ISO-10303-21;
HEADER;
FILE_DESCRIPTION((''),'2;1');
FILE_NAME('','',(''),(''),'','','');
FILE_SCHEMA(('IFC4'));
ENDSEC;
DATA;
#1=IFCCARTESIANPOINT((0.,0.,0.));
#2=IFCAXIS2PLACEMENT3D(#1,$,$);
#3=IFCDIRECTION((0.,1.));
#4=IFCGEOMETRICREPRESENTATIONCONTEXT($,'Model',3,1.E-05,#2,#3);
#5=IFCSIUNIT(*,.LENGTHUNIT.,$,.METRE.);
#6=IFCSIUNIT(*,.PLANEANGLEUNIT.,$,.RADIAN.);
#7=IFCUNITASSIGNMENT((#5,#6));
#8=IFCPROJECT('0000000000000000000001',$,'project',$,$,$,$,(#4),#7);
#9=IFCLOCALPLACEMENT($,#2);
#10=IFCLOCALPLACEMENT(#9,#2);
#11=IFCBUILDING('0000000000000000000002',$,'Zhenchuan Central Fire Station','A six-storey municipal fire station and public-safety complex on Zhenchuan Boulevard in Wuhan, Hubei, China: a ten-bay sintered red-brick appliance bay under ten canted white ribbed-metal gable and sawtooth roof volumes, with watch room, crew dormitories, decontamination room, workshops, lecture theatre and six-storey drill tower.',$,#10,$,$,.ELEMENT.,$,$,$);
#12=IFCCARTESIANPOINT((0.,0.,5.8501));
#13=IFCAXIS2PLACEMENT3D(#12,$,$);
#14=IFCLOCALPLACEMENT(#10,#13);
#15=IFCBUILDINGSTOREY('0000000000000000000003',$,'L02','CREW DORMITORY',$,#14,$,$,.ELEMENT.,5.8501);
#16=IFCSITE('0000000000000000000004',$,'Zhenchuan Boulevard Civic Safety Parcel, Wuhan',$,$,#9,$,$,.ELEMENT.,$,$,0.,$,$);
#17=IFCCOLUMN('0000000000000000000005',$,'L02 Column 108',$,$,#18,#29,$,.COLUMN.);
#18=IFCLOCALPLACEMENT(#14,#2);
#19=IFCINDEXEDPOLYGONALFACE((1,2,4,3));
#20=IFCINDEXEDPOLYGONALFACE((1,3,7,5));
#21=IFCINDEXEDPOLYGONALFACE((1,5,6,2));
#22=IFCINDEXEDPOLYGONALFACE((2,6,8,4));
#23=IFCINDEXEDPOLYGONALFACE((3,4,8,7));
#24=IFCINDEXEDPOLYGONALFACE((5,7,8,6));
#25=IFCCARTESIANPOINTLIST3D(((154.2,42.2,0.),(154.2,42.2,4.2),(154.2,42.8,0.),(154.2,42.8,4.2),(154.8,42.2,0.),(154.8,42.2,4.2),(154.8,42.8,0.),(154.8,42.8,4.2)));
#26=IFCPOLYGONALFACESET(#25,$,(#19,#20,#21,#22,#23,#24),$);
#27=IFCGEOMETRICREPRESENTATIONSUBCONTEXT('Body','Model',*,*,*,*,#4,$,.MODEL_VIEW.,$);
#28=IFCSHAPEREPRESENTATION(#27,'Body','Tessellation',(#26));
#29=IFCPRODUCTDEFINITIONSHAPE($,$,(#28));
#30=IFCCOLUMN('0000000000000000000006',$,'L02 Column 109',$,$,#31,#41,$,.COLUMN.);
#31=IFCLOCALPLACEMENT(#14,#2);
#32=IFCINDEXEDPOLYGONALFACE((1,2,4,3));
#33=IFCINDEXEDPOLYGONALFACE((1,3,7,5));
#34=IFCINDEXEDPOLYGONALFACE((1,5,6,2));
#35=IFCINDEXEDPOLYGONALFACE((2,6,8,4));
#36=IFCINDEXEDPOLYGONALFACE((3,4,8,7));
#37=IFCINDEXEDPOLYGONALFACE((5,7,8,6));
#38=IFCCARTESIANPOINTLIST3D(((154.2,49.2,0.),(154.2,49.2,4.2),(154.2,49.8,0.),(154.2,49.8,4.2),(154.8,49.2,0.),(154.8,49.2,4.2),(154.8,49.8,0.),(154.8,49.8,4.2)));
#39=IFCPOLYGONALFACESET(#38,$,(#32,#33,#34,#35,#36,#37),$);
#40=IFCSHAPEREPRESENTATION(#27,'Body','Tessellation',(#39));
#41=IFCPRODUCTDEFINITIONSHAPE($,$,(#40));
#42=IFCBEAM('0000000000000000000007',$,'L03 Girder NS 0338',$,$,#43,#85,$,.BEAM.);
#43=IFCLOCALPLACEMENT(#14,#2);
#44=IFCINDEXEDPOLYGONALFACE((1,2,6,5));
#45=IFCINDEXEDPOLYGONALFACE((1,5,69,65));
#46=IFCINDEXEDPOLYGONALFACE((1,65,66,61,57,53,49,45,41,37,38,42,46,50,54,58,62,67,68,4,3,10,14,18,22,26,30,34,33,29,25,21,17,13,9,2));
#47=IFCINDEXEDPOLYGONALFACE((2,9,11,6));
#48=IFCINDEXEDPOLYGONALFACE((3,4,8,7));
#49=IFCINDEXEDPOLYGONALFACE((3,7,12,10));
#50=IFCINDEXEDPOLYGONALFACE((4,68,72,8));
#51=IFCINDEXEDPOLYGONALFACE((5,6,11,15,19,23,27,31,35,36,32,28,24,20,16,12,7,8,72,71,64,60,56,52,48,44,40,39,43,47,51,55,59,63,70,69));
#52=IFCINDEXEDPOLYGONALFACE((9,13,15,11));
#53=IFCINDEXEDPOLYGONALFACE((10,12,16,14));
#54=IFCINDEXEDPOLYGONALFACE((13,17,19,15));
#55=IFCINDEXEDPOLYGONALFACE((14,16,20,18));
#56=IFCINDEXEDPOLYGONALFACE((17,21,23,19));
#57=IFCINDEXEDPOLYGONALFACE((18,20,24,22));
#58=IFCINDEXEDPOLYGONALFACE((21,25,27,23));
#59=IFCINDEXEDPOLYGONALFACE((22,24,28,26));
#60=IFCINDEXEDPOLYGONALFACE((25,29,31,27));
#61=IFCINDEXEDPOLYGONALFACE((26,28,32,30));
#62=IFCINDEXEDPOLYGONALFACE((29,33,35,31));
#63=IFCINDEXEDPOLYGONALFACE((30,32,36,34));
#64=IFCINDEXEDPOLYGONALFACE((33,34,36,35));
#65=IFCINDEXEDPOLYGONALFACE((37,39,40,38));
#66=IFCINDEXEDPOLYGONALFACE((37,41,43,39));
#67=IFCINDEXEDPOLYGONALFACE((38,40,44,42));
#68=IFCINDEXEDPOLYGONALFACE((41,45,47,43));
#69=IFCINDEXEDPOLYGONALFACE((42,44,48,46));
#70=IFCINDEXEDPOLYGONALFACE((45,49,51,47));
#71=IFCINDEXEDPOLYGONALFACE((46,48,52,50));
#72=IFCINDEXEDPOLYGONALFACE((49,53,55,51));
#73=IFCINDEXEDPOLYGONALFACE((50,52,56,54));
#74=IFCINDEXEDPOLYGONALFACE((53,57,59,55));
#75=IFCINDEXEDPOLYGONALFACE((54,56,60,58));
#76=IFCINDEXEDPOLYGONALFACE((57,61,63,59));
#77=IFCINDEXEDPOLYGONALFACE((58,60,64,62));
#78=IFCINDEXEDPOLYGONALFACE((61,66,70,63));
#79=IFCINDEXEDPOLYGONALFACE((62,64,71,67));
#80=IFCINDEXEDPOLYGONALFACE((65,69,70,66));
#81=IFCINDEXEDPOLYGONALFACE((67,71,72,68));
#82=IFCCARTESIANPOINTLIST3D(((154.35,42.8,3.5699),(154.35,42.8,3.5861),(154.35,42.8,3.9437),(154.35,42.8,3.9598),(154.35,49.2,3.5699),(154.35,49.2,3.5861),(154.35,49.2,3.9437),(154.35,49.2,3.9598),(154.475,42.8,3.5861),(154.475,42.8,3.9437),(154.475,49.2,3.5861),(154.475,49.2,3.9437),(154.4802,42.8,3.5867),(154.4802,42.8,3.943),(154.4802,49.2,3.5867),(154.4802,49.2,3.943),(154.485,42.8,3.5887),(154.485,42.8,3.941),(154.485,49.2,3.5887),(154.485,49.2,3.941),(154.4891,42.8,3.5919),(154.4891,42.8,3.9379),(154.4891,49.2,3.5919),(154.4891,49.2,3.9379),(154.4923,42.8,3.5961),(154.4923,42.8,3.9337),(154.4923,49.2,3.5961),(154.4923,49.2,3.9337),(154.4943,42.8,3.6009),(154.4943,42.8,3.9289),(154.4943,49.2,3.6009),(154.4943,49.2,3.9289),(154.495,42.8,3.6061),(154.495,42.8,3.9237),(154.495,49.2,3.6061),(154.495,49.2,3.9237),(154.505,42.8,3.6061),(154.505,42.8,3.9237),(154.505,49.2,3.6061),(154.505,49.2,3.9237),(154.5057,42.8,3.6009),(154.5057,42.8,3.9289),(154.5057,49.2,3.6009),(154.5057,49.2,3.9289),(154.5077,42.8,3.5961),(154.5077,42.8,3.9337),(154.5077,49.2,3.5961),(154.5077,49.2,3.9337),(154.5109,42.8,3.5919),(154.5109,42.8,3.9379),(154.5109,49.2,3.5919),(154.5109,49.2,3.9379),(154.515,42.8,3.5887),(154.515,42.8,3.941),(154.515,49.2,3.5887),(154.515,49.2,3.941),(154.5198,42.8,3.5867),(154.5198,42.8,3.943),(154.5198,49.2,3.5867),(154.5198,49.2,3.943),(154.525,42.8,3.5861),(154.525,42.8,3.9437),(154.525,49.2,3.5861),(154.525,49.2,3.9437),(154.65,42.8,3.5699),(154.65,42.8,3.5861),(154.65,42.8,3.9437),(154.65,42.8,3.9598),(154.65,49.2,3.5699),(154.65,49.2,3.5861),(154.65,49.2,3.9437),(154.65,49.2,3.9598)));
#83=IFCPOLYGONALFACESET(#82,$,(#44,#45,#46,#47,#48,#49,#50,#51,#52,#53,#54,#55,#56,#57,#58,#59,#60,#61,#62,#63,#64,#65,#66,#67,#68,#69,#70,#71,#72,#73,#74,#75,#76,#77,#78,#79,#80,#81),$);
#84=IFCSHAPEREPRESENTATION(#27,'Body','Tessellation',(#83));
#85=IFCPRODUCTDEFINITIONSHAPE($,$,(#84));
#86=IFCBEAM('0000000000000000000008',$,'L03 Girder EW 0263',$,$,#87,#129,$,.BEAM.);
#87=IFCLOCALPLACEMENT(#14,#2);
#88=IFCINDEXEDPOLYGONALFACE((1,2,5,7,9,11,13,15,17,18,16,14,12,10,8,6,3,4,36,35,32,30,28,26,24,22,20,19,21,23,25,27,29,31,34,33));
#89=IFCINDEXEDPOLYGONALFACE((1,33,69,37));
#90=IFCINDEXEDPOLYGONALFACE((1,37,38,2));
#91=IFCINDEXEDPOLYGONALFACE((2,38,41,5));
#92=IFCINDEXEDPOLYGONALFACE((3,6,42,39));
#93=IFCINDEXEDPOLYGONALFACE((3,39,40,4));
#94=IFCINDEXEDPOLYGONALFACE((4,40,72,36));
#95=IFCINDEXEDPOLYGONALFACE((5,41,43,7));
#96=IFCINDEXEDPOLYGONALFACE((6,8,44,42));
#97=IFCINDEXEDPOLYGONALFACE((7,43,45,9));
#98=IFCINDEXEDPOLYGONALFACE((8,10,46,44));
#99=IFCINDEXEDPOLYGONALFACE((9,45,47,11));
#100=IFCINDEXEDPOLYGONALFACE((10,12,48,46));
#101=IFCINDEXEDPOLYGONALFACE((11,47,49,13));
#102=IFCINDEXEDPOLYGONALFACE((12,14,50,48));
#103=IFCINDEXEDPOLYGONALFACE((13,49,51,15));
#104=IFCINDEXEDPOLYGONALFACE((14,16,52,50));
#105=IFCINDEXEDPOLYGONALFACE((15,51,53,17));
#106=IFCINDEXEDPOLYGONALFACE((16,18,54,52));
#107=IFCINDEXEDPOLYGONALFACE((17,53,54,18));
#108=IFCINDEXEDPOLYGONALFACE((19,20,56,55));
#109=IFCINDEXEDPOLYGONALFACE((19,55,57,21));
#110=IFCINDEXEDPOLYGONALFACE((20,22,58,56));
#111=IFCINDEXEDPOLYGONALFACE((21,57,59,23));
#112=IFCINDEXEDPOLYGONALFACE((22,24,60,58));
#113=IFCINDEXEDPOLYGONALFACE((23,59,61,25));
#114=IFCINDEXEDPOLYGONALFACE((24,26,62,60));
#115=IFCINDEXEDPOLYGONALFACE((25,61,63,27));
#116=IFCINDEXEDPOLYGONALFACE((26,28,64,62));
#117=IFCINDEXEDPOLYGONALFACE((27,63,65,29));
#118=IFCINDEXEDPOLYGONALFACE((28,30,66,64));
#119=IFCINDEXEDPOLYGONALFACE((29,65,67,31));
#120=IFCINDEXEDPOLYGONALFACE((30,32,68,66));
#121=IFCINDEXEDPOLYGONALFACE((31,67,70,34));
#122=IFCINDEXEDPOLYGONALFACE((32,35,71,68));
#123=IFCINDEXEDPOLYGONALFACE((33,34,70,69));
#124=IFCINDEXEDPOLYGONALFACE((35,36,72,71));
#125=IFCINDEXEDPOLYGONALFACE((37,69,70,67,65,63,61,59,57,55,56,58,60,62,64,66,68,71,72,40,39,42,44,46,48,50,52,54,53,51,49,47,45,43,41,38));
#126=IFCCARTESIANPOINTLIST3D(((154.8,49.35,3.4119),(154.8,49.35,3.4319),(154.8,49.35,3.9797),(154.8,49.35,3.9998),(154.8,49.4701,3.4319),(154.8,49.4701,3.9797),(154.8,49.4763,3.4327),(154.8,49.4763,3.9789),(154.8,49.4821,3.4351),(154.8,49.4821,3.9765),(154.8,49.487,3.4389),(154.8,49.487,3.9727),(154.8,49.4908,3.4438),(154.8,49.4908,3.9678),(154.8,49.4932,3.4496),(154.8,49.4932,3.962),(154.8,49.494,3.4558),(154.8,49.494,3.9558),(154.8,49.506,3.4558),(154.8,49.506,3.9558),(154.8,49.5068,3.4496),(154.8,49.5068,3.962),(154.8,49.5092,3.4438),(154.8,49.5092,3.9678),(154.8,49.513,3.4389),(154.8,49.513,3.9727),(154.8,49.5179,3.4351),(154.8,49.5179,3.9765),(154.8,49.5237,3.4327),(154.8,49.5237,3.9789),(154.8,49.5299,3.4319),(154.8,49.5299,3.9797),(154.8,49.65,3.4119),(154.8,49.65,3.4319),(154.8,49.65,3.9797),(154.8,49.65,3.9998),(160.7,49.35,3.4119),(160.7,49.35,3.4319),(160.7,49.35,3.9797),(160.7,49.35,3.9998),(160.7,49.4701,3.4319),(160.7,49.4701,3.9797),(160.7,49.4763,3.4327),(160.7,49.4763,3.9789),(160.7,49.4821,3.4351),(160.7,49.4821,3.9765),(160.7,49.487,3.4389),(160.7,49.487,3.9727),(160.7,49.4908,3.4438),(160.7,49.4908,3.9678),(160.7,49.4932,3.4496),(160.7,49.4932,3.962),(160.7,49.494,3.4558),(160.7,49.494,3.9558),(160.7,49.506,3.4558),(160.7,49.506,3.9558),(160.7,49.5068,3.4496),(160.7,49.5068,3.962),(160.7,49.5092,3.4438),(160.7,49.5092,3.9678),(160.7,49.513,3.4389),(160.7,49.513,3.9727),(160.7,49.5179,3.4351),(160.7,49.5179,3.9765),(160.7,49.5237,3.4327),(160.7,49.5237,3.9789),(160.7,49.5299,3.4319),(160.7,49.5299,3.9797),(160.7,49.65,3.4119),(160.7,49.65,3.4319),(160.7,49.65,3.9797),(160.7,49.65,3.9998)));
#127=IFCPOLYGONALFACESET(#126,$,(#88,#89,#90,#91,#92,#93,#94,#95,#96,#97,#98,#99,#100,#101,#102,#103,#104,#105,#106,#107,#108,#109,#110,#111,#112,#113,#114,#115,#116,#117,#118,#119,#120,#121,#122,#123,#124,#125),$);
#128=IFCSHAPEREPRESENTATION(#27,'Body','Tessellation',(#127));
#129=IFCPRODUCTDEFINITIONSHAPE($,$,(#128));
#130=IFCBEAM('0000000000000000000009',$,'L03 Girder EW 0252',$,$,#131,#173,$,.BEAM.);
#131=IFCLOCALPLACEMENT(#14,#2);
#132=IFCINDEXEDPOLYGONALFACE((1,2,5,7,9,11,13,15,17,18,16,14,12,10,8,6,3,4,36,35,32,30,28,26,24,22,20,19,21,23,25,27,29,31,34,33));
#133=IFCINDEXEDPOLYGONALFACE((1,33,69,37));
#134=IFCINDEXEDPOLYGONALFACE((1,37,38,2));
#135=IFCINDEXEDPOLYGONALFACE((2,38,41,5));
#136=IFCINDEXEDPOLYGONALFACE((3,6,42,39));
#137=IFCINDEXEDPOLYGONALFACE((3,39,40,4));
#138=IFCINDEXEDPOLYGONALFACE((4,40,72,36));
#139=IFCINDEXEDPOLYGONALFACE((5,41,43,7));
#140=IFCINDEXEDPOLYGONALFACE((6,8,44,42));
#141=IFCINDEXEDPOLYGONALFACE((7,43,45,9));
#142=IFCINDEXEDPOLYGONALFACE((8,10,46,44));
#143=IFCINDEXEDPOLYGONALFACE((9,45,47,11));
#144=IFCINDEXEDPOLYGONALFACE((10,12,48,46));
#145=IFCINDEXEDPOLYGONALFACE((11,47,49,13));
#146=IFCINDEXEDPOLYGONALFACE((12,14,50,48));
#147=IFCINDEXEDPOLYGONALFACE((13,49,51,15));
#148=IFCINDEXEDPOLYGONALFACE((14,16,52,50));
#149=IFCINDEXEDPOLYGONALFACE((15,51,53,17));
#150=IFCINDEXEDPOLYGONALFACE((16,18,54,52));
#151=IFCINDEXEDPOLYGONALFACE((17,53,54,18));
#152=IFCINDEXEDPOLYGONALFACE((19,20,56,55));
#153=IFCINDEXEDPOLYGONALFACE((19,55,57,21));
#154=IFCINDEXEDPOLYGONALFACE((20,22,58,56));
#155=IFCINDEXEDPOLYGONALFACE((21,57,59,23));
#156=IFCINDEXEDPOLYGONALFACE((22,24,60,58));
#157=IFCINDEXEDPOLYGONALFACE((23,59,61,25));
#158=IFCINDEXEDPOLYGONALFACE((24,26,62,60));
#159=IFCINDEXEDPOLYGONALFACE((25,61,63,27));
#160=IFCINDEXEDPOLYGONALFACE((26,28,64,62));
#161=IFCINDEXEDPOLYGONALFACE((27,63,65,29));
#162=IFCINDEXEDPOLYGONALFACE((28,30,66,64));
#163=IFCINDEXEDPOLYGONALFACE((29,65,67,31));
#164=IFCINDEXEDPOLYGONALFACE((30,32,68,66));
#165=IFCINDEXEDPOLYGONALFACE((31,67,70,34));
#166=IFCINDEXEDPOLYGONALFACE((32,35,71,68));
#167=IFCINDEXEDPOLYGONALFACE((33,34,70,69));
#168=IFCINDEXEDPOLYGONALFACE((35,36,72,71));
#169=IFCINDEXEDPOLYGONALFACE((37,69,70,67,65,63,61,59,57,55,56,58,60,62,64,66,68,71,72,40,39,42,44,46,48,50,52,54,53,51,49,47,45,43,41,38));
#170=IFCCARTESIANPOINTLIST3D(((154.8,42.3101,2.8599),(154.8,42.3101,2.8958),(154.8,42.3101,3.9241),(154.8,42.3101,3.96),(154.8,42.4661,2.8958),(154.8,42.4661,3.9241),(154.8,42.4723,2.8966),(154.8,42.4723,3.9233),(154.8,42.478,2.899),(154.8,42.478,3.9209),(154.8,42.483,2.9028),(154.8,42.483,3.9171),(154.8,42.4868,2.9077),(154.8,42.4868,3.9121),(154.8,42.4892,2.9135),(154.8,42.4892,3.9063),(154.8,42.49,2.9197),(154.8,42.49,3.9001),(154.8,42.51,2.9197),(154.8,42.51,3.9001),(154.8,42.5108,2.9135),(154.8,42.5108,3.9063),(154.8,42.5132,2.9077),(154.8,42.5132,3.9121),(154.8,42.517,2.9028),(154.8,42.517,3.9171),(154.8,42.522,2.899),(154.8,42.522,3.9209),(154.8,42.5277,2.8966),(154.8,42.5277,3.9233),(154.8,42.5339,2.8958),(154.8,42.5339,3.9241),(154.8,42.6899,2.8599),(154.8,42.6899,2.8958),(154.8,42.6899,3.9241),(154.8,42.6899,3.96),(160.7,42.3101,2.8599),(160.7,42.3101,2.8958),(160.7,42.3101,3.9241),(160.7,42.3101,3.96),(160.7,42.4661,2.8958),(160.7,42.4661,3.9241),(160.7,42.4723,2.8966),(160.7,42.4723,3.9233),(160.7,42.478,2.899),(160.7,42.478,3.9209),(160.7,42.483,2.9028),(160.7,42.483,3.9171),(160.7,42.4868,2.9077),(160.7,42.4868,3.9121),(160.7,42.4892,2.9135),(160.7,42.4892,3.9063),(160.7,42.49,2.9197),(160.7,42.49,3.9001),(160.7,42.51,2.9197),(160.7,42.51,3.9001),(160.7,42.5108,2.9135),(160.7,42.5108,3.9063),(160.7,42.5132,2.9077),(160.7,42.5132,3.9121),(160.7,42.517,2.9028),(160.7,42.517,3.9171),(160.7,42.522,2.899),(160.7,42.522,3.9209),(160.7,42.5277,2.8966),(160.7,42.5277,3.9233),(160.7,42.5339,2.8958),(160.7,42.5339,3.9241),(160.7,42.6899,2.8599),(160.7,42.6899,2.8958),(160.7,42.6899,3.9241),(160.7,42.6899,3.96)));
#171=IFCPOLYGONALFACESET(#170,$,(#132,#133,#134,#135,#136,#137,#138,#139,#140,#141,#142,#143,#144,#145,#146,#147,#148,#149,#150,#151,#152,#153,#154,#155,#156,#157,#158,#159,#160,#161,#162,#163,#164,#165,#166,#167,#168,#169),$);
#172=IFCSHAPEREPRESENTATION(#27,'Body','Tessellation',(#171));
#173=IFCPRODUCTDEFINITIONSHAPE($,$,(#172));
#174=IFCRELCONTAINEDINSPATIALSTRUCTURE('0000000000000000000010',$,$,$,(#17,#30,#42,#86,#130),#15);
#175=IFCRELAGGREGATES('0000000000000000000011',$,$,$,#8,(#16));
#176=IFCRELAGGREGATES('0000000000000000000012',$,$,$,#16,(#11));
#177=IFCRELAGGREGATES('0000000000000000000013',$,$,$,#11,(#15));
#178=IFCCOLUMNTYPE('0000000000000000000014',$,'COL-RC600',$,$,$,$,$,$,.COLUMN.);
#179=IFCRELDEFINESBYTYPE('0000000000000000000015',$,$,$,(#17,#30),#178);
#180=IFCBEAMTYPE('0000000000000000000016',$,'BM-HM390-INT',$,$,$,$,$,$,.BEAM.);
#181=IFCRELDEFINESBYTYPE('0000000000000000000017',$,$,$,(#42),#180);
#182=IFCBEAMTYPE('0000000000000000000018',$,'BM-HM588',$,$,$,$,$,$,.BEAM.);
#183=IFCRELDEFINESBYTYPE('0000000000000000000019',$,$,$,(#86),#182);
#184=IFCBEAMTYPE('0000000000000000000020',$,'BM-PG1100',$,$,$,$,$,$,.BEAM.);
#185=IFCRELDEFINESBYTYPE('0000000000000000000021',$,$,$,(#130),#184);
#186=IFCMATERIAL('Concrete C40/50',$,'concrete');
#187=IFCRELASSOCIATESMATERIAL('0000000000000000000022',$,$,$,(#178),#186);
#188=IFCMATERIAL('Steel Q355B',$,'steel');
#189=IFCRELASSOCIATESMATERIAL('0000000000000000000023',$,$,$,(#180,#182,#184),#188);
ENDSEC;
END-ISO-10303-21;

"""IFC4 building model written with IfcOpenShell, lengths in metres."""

from ifc_helpers import new_model, si_unit, direction, frame, origin, origin_2d, place, context, subcontext, project, spatial, rectangle, i_section, extrude, material, material_profile, profile_set, type_object, element, save


model = new_model("IFC4")

# Units and contexts
model_context = context("Model", 3, precision=1e-05, world=origin(), true_north=direction((0.0, 1.0)))
body_context = subcontext(model_context, "Body", "Model", "MODEL_VIEW")
ifc_project = project(units=[si_unit("LENGTHUNIT", "METRE"), si_unit("PLANEANGLEUNIT", "RADIAN")], contexts=[model_context])

# Site, building, storey
site_placement = place(None, origin())
site = spatial("IfcSite", under=ifc_project, at=site_placement, Name="Zhenchuan Boulevard Civic Safety Parcel, Wuhan", CompositionType="ELEMENT", RefElevation=0.0)
building_placement = place(site_placement, origin())
building = spatial("IfcBuilding", under=site, at=building_placement, Name="Zhenchuan Central Fire Station", Description="A six-storey municipal fire station and public-safety complex on Zhenchuan Boulevard in Wuhan, Hubei, China: a ten-bay sintered red-brick appliance bay under ten canted white ribbed-metal gable and sawtooth roof volumes, with watch room, crew dormitories, decontamination room, workshops, lecture theatre and six-storey drill tower.", CompositionType="ELEMENT")
storey_placement = place(building_placement, frame((0.0, 0.0, 5.8501)))
storey = spatial("IfcBuildingStorey", under=building, at=storey_placement, Name="L02", Description="CREW DORMITORY", CompositionType="ELEMENT", Elevation=5.8501)

# Columns
ifc_material_1 = material(Name="Concrete C40/50", Category="concrete")
ifc_material_profile_1 = material_profile(ifc_material_1, rectangle(XDim=0.6001, YDim=0.6001, at=origin_2d()), Name="RC 600x600")
ifc_profile_set_1 = profile_set([ifc_material_profile_1], Name="Concrete C40/50")
column_type = type_object("IfcColumnType", Name="COL-RC600", PredefinedType="COLUMN", material=ifc_profile_set_1)
for number, where, z_axis, x_axis, name in (
    (1, (154.5, 42.5, 0.0), (0.0, 0.0, 1.0), (1.0, 0.0, 0.0), "L02 Column 108"),
    (2, (154.5, 49.5, 0.0), (0.0, 0.0, 1.0), (1.0, 0.0, 0.0), "L02 Column 109"),
):
    element("IfcColumn", number, at=place(storey_placement, frame(where, z_axis=z_axis, x_axis=x_axis)), inside=storey, type_object=column_type, Name=name, PredefinedType="COLUMN", context=body_context, shape_type="SweptSolid", body=[
        extrude(rectangle(XDim=0.6001, YDim=0.6001, at=origin_2d()), origin(), (0.0, 0.0, 1.0), 4.2),
    ])

# Beams
ifc_material_2 = material(Name="Steel Q355B", Category="steel")
ifc_material_profile_2 = material_profile(ifc_material_2, i_section(OverallWidth=0.3, OverallDepth=0.3899, WebThickness=0.01, FlangeThickness=0.0161, FilletRadius=0.02, at=origin_2d()), Name="HM 390x300")
ifc_profile_set_2 = profile_set([ifc_material_profile_2], Name="Steel Q355B")
beam_type_1 = type_object("IfcBeamType", Name="BM-HM390-INT", PredefinedType="BEAM", material=ifc_profile_set_2)
beam_1_placement = place(storey_placement, frame((154.5, 42.8, 3.7649), z_axis=(0.0, 1.0, 0.0), x_axis=(-1.0, 0.0, 0.0)))
element("IfcBeam", 3, at=beam_1_placement, inside=storey, type_object=beam_type_1, Name="L03 Girder NS 0338", PredefinedType="BEAM", context=body_context, shape_type="SweptSolid", body=[
    extrude(i_section(OverallWidth=0.3, OverallDepth=0.3899, WebThickness=0.01, FlangeThickness=0.0161, FilletRadius=0.02, at=origin_2d()), origin(), (0.0, 0.0, 1.0), 6.3999),
])
ifc_material_profile_3 = material_profile(ifc_material_2, i_section(OverallWidth=0.3, OverallDepth=0.5879, WebThickness=0.012, FlangeThickness=0.02, FilletRadius=0.0239, at=origin_2d()), Name="HM 588x300")
ifc_profile_set_3 = profile_set([ifc_material_profile_3], Name="Steel Q355B")
beam_type_2 = type_object("IfcBeamType", Name="BM-HM588", PredefinedType="BEAM", material=ifc_profile_set_3)
beam_2_placement = place(storey_placement, frame((154.8, 49.5, 3.7058), z_axis=(1.0, 0.0, 0.0), x_axis=(0.0, 1.0, 0.0)))
element("IfcBeam", 4, at=beam_2_placement, inside=storey, type_object=beam_type_2, Name="L03 Girder EW 0263", PredefinedType="BEAM", context=body_context, shape_type="SweptSolid", body=[
    extrude(i_section(OverallWidth=0.3, OverallDepth=0.5879, WebThickness=0.012, FlangeThickness=0.02, FilletRadius=0.0239, at=origin_2d()), origin(), (0.0, 0.0, 1.0), 5.8999),
])
ifc_material_profile_4 = material_profile(ifc_material_2, i_section(OverallWidth=0.3799, OverallDepth=1.1001, WebThickness=0.02, FlangeThickness=0.0359, FilletRadius=0.0239, at=origin_2d()), Name="PG 1100x380")
ifc_profile_set_4 = profile_set([ifc_material_profile_4], Name="Steel Q355B")
beam_type_3 = type_object("IfcBeamType", Name="BM-PG1100", PredefinedType="BEAM", material=ifc_profile_set_4)
beam_3_placement = place(storey_placement, frame((154.8, 42.5, 3.4099), z_axis=(1.0, 0.0, 0.0), x_axis=(0.0, 1.0, 0.0)))
element("IfcBeam", 5, at=beam_3_placement, inside=storey, type_object=beam_type_3, Name="L03 Girder EW 0252", PredefinedType="BEAM", context=body_context, shape_type="SweptSolid", body=[
    extrude(i_section(OverallWidth=0.3799, OverallDepth=1.1001, WebThickness=0.02, FlangeThickness=0.0359, FilletRadius=0.0239, at=origin_2d()), origin(), (0.0, 0.0, 1.0), 5.8999),
])

save(model, "model.ifc")
